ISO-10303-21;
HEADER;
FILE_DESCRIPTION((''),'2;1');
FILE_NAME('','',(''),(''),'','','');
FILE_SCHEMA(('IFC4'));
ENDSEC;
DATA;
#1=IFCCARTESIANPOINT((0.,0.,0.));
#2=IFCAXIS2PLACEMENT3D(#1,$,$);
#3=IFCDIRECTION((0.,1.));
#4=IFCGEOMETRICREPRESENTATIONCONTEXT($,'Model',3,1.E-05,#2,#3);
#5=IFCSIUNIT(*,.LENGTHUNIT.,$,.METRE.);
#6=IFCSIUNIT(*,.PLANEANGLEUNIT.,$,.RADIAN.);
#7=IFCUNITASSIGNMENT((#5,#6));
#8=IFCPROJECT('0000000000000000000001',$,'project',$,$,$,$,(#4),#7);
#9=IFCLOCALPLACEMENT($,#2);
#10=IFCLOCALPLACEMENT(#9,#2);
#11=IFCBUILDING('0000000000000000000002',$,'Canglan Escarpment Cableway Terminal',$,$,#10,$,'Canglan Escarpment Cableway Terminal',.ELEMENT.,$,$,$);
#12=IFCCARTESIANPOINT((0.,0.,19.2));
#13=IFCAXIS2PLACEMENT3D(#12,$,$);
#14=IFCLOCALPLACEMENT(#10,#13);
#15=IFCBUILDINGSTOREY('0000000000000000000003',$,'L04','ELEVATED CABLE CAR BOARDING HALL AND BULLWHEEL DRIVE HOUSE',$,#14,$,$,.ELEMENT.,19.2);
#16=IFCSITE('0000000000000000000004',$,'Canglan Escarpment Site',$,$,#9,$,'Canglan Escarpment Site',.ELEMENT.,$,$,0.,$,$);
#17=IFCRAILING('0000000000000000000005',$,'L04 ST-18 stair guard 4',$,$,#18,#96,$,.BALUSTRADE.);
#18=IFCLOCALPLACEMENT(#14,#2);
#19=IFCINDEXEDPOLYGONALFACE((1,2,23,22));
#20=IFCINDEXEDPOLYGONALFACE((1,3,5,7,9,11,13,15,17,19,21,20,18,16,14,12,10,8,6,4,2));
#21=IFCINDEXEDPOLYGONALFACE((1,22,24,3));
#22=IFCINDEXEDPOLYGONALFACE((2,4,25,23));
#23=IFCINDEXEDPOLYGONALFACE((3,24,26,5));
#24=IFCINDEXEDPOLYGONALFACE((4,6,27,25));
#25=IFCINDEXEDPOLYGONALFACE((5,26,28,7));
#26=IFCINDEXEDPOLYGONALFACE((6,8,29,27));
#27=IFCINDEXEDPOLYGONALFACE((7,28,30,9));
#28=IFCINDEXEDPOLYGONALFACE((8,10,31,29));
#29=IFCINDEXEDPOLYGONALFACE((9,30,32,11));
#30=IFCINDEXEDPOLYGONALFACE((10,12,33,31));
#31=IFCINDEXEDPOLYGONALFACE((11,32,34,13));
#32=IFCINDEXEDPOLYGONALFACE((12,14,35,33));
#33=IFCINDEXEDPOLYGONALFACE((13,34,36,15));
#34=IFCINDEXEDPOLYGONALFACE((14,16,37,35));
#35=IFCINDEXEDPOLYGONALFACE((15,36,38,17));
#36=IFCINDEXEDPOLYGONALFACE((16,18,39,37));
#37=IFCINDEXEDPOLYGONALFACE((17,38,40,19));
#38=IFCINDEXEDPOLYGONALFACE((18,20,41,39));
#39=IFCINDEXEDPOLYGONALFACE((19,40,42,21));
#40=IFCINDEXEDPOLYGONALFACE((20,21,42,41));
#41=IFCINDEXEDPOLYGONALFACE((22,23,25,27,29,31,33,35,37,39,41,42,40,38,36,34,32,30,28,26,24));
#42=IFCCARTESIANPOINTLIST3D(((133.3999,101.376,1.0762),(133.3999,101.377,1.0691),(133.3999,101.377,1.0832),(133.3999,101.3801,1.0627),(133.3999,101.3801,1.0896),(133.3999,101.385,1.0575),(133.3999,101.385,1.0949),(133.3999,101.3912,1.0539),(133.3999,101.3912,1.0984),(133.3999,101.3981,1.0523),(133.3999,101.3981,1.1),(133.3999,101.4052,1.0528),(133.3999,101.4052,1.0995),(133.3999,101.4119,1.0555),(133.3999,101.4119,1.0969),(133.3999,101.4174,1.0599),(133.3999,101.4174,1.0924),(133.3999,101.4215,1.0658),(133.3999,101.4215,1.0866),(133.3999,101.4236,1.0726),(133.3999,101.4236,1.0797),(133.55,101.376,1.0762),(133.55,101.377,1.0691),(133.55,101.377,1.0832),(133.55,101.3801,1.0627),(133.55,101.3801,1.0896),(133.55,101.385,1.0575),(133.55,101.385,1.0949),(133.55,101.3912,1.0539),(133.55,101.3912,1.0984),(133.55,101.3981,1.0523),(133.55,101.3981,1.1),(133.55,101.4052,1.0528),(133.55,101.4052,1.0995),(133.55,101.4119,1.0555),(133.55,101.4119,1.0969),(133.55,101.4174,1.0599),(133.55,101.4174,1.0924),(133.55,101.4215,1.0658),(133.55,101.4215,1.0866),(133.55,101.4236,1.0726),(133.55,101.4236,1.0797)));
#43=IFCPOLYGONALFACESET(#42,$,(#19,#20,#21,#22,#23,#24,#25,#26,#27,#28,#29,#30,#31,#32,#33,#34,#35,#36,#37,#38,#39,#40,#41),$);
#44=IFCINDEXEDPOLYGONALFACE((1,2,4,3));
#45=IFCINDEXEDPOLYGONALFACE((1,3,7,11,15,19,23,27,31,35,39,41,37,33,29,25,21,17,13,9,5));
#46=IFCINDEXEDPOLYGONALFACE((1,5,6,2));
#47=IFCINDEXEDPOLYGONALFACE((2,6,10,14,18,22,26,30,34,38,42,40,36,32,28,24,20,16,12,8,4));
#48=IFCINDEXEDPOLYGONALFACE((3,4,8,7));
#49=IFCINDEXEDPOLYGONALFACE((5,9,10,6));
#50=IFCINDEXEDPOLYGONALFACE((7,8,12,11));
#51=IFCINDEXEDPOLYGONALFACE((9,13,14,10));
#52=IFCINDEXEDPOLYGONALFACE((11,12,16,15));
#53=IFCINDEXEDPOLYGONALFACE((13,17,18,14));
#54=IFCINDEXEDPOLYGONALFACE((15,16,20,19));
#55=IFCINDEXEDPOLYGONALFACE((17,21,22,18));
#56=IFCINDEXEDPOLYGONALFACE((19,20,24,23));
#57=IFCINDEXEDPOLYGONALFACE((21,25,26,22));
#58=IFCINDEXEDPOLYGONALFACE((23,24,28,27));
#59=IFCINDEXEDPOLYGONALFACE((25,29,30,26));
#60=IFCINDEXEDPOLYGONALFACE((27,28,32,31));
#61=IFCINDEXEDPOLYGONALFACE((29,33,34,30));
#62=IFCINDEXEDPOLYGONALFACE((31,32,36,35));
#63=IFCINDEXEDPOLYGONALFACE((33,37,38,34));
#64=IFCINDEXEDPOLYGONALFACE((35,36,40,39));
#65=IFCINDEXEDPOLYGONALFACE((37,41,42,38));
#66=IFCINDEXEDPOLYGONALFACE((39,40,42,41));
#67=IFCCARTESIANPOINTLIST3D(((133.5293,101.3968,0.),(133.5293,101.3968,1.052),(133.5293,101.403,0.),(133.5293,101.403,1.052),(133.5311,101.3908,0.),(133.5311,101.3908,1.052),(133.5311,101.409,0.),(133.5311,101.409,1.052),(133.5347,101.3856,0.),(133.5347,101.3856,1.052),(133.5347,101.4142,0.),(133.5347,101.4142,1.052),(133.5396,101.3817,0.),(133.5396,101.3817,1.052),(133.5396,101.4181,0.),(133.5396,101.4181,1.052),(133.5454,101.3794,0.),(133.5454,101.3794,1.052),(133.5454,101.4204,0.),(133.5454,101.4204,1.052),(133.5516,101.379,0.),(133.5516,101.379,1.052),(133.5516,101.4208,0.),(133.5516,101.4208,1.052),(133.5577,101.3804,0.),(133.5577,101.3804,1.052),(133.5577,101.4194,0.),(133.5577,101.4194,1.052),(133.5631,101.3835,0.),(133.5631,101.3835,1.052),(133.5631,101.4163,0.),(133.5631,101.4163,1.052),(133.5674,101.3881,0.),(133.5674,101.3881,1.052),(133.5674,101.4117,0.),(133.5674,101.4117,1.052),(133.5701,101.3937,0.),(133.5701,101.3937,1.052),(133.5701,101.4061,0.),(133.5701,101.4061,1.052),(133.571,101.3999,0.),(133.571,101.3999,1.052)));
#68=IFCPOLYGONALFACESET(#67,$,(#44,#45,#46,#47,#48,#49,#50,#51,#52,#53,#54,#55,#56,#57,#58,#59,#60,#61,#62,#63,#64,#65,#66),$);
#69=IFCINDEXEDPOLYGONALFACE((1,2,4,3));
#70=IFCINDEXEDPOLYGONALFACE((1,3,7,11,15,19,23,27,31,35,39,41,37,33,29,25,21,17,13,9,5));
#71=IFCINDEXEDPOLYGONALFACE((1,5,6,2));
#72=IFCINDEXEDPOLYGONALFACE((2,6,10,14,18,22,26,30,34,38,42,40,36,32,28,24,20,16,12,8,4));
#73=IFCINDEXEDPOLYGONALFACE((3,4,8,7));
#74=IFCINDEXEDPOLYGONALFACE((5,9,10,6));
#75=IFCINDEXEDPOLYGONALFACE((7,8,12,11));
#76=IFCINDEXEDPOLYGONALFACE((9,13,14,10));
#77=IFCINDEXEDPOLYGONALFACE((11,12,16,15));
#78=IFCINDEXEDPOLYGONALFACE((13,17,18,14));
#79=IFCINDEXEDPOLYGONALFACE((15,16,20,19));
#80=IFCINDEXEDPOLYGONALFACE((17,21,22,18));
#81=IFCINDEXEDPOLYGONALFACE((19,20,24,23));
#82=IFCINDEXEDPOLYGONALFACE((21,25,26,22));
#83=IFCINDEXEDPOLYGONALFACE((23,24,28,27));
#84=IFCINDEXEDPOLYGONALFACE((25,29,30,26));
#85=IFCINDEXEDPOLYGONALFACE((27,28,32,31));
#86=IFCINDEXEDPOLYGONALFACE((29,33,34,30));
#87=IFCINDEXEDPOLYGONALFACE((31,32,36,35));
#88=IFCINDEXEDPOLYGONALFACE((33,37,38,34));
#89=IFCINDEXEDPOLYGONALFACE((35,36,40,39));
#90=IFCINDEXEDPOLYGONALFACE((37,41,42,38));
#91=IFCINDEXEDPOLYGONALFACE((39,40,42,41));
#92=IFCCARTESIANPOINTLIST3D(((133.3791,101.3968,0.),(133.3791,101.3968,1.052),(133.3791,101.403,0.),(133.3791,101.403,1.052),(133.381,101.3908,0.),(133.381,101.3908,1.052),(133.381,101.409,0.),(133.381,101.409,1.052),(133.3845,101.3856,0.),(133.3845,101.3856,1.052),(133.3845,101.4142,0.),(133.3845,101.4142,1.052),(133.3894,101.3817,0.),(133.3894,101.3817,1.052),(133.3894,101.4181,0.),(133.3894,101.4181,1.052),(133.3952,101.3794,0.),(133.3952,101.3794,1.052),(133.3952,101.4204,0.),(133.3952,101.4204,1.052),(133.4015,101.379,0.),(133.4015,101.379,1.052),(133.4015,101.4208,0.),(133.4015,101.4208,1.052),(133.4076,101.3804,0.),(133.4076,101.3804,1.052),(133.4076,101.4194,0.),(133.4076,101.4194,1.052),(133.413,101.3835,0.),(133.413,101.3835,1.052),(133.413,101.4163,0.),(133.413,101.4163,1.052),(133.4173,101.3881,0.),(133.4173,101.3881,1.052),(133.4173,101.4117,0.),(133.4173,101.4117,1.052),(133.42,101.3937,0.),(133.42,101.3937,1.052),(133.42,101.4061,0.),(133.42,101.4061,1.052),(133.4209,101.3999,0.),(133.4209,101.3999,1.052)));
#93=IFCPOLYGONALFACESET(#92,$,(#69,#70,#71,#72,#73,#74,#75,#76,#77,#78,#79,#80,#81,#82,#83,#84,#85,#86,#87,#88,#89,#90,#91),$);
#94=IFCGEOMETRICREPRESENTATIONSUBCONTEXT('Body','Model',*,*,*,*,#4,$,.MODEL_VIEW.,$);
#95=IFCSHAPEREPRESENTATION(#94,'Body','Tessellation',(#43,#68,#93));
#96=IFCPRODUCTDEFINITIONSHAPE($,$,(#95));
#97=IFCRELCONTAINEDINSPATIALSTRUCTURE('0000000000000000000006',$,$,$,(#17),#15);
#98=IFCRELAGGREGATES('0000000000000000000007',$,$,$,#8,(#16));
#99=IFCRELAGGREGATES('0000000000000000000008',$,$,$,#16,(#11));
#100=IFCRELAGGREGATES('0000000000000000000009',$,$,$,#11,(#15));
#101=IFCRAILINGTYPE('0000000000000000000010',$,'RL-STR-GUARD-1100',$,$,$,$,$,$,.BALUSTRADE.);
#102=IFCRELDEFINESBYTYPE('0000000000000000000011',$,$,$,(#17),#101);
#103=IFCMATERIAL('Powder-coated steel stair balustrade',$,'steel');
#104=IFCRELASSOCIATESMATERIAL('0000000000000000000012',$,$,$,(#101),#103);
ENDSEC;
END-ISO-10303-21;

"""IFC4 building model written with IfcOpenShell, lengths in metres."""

from ifc_helpers import new_model, si_unit, direction, frame, origin, origin_2d, place, context, subcontext, project, spatial, circle, extrude, material, type_object, element, save


model = new_model("IFC4")

# Units and contexts
model_context = context("Model", 3, precision=1e-05, world=origin(), true_north=direction((0.0, 1.0)))
body_context = subcontext(model_context, "Body", "Model", "MODEL_VIEW")
ifc_project = project(units=[si_unit("LENGTHUNIT", "METRE"), si_unit("PLANEANGLEUNIT", "RADIAN")], contexts=[model_context])

# Site, building, storey
site_placement = place(None, origin())
site = spatial("IfcSite", under=ifc_project, at=site_placement, Name="Canglan Escarpment Site", LongName="Canglan Escarpment Site", CompositionType="ELEMENT", RefElevation=0.0)
building_placement = place(site_placement, origin())
building = spatial("IfcBuilding", under=site, at=building_placement, Name="Canglan Escarpment Cableway Terminal", LongName="Canglan Escarpment Cableway Terminal", CompositionType="ELEMENT")
storey_placement = place(building_placement, frame((0.0, 0.0, 19.2)))
storey = spatial("IfcBuildingStorey", under=building, at=storey_placement, Name="L04", Description="ELEVATED CABLE CAR BOARDING HALL AND BULLWHEEL DRIVE HOUSE", CompositionType="ELEMENT", Elevation=19.2)

# Railing
ifc_material_1 = material(Name="Powder-coated steel stair balustrade", Category="steel")
railing_type_1 = type_object("IfcRailingType", Name="RL-STR-GUARD-1100", PredefinedType="BALUSTRADE", material=ifc_material_1)
railing_1_placement = place(storey_placement, frame((133.55, 101.3999, 0.0)))
element("IfcRailing", 1, at=railing_1_placement, inside=storey, type_object=railing_type_1, Name="L04 ST-18 stair guard 4", PredefinedType="BALUSTRADE", context=body_context, shape_type="SweptSolid", body=[
    extrude(circle(Radius=0.0239, at=origin_2d()), frame((0.0, 0.0, 1.0762), z_axis=(-1.0, 0.0, 0.0), x_axis=(0.0, -1.0, 0.0)), (0.0, 0.0, 1.0), 0.1501),
    extrude(circle(Radius=0.021, at=origin_2d()), origin(), (0.0, 0.0, 1.0), 1.052),
    extrude(circle(Radius=0.021, at=origin_2d()), frame((-0.1501, 0.0, 0.0)), (0.0, 0.0, 1.0), 1.052),
])

save(model, "model.ifc")
